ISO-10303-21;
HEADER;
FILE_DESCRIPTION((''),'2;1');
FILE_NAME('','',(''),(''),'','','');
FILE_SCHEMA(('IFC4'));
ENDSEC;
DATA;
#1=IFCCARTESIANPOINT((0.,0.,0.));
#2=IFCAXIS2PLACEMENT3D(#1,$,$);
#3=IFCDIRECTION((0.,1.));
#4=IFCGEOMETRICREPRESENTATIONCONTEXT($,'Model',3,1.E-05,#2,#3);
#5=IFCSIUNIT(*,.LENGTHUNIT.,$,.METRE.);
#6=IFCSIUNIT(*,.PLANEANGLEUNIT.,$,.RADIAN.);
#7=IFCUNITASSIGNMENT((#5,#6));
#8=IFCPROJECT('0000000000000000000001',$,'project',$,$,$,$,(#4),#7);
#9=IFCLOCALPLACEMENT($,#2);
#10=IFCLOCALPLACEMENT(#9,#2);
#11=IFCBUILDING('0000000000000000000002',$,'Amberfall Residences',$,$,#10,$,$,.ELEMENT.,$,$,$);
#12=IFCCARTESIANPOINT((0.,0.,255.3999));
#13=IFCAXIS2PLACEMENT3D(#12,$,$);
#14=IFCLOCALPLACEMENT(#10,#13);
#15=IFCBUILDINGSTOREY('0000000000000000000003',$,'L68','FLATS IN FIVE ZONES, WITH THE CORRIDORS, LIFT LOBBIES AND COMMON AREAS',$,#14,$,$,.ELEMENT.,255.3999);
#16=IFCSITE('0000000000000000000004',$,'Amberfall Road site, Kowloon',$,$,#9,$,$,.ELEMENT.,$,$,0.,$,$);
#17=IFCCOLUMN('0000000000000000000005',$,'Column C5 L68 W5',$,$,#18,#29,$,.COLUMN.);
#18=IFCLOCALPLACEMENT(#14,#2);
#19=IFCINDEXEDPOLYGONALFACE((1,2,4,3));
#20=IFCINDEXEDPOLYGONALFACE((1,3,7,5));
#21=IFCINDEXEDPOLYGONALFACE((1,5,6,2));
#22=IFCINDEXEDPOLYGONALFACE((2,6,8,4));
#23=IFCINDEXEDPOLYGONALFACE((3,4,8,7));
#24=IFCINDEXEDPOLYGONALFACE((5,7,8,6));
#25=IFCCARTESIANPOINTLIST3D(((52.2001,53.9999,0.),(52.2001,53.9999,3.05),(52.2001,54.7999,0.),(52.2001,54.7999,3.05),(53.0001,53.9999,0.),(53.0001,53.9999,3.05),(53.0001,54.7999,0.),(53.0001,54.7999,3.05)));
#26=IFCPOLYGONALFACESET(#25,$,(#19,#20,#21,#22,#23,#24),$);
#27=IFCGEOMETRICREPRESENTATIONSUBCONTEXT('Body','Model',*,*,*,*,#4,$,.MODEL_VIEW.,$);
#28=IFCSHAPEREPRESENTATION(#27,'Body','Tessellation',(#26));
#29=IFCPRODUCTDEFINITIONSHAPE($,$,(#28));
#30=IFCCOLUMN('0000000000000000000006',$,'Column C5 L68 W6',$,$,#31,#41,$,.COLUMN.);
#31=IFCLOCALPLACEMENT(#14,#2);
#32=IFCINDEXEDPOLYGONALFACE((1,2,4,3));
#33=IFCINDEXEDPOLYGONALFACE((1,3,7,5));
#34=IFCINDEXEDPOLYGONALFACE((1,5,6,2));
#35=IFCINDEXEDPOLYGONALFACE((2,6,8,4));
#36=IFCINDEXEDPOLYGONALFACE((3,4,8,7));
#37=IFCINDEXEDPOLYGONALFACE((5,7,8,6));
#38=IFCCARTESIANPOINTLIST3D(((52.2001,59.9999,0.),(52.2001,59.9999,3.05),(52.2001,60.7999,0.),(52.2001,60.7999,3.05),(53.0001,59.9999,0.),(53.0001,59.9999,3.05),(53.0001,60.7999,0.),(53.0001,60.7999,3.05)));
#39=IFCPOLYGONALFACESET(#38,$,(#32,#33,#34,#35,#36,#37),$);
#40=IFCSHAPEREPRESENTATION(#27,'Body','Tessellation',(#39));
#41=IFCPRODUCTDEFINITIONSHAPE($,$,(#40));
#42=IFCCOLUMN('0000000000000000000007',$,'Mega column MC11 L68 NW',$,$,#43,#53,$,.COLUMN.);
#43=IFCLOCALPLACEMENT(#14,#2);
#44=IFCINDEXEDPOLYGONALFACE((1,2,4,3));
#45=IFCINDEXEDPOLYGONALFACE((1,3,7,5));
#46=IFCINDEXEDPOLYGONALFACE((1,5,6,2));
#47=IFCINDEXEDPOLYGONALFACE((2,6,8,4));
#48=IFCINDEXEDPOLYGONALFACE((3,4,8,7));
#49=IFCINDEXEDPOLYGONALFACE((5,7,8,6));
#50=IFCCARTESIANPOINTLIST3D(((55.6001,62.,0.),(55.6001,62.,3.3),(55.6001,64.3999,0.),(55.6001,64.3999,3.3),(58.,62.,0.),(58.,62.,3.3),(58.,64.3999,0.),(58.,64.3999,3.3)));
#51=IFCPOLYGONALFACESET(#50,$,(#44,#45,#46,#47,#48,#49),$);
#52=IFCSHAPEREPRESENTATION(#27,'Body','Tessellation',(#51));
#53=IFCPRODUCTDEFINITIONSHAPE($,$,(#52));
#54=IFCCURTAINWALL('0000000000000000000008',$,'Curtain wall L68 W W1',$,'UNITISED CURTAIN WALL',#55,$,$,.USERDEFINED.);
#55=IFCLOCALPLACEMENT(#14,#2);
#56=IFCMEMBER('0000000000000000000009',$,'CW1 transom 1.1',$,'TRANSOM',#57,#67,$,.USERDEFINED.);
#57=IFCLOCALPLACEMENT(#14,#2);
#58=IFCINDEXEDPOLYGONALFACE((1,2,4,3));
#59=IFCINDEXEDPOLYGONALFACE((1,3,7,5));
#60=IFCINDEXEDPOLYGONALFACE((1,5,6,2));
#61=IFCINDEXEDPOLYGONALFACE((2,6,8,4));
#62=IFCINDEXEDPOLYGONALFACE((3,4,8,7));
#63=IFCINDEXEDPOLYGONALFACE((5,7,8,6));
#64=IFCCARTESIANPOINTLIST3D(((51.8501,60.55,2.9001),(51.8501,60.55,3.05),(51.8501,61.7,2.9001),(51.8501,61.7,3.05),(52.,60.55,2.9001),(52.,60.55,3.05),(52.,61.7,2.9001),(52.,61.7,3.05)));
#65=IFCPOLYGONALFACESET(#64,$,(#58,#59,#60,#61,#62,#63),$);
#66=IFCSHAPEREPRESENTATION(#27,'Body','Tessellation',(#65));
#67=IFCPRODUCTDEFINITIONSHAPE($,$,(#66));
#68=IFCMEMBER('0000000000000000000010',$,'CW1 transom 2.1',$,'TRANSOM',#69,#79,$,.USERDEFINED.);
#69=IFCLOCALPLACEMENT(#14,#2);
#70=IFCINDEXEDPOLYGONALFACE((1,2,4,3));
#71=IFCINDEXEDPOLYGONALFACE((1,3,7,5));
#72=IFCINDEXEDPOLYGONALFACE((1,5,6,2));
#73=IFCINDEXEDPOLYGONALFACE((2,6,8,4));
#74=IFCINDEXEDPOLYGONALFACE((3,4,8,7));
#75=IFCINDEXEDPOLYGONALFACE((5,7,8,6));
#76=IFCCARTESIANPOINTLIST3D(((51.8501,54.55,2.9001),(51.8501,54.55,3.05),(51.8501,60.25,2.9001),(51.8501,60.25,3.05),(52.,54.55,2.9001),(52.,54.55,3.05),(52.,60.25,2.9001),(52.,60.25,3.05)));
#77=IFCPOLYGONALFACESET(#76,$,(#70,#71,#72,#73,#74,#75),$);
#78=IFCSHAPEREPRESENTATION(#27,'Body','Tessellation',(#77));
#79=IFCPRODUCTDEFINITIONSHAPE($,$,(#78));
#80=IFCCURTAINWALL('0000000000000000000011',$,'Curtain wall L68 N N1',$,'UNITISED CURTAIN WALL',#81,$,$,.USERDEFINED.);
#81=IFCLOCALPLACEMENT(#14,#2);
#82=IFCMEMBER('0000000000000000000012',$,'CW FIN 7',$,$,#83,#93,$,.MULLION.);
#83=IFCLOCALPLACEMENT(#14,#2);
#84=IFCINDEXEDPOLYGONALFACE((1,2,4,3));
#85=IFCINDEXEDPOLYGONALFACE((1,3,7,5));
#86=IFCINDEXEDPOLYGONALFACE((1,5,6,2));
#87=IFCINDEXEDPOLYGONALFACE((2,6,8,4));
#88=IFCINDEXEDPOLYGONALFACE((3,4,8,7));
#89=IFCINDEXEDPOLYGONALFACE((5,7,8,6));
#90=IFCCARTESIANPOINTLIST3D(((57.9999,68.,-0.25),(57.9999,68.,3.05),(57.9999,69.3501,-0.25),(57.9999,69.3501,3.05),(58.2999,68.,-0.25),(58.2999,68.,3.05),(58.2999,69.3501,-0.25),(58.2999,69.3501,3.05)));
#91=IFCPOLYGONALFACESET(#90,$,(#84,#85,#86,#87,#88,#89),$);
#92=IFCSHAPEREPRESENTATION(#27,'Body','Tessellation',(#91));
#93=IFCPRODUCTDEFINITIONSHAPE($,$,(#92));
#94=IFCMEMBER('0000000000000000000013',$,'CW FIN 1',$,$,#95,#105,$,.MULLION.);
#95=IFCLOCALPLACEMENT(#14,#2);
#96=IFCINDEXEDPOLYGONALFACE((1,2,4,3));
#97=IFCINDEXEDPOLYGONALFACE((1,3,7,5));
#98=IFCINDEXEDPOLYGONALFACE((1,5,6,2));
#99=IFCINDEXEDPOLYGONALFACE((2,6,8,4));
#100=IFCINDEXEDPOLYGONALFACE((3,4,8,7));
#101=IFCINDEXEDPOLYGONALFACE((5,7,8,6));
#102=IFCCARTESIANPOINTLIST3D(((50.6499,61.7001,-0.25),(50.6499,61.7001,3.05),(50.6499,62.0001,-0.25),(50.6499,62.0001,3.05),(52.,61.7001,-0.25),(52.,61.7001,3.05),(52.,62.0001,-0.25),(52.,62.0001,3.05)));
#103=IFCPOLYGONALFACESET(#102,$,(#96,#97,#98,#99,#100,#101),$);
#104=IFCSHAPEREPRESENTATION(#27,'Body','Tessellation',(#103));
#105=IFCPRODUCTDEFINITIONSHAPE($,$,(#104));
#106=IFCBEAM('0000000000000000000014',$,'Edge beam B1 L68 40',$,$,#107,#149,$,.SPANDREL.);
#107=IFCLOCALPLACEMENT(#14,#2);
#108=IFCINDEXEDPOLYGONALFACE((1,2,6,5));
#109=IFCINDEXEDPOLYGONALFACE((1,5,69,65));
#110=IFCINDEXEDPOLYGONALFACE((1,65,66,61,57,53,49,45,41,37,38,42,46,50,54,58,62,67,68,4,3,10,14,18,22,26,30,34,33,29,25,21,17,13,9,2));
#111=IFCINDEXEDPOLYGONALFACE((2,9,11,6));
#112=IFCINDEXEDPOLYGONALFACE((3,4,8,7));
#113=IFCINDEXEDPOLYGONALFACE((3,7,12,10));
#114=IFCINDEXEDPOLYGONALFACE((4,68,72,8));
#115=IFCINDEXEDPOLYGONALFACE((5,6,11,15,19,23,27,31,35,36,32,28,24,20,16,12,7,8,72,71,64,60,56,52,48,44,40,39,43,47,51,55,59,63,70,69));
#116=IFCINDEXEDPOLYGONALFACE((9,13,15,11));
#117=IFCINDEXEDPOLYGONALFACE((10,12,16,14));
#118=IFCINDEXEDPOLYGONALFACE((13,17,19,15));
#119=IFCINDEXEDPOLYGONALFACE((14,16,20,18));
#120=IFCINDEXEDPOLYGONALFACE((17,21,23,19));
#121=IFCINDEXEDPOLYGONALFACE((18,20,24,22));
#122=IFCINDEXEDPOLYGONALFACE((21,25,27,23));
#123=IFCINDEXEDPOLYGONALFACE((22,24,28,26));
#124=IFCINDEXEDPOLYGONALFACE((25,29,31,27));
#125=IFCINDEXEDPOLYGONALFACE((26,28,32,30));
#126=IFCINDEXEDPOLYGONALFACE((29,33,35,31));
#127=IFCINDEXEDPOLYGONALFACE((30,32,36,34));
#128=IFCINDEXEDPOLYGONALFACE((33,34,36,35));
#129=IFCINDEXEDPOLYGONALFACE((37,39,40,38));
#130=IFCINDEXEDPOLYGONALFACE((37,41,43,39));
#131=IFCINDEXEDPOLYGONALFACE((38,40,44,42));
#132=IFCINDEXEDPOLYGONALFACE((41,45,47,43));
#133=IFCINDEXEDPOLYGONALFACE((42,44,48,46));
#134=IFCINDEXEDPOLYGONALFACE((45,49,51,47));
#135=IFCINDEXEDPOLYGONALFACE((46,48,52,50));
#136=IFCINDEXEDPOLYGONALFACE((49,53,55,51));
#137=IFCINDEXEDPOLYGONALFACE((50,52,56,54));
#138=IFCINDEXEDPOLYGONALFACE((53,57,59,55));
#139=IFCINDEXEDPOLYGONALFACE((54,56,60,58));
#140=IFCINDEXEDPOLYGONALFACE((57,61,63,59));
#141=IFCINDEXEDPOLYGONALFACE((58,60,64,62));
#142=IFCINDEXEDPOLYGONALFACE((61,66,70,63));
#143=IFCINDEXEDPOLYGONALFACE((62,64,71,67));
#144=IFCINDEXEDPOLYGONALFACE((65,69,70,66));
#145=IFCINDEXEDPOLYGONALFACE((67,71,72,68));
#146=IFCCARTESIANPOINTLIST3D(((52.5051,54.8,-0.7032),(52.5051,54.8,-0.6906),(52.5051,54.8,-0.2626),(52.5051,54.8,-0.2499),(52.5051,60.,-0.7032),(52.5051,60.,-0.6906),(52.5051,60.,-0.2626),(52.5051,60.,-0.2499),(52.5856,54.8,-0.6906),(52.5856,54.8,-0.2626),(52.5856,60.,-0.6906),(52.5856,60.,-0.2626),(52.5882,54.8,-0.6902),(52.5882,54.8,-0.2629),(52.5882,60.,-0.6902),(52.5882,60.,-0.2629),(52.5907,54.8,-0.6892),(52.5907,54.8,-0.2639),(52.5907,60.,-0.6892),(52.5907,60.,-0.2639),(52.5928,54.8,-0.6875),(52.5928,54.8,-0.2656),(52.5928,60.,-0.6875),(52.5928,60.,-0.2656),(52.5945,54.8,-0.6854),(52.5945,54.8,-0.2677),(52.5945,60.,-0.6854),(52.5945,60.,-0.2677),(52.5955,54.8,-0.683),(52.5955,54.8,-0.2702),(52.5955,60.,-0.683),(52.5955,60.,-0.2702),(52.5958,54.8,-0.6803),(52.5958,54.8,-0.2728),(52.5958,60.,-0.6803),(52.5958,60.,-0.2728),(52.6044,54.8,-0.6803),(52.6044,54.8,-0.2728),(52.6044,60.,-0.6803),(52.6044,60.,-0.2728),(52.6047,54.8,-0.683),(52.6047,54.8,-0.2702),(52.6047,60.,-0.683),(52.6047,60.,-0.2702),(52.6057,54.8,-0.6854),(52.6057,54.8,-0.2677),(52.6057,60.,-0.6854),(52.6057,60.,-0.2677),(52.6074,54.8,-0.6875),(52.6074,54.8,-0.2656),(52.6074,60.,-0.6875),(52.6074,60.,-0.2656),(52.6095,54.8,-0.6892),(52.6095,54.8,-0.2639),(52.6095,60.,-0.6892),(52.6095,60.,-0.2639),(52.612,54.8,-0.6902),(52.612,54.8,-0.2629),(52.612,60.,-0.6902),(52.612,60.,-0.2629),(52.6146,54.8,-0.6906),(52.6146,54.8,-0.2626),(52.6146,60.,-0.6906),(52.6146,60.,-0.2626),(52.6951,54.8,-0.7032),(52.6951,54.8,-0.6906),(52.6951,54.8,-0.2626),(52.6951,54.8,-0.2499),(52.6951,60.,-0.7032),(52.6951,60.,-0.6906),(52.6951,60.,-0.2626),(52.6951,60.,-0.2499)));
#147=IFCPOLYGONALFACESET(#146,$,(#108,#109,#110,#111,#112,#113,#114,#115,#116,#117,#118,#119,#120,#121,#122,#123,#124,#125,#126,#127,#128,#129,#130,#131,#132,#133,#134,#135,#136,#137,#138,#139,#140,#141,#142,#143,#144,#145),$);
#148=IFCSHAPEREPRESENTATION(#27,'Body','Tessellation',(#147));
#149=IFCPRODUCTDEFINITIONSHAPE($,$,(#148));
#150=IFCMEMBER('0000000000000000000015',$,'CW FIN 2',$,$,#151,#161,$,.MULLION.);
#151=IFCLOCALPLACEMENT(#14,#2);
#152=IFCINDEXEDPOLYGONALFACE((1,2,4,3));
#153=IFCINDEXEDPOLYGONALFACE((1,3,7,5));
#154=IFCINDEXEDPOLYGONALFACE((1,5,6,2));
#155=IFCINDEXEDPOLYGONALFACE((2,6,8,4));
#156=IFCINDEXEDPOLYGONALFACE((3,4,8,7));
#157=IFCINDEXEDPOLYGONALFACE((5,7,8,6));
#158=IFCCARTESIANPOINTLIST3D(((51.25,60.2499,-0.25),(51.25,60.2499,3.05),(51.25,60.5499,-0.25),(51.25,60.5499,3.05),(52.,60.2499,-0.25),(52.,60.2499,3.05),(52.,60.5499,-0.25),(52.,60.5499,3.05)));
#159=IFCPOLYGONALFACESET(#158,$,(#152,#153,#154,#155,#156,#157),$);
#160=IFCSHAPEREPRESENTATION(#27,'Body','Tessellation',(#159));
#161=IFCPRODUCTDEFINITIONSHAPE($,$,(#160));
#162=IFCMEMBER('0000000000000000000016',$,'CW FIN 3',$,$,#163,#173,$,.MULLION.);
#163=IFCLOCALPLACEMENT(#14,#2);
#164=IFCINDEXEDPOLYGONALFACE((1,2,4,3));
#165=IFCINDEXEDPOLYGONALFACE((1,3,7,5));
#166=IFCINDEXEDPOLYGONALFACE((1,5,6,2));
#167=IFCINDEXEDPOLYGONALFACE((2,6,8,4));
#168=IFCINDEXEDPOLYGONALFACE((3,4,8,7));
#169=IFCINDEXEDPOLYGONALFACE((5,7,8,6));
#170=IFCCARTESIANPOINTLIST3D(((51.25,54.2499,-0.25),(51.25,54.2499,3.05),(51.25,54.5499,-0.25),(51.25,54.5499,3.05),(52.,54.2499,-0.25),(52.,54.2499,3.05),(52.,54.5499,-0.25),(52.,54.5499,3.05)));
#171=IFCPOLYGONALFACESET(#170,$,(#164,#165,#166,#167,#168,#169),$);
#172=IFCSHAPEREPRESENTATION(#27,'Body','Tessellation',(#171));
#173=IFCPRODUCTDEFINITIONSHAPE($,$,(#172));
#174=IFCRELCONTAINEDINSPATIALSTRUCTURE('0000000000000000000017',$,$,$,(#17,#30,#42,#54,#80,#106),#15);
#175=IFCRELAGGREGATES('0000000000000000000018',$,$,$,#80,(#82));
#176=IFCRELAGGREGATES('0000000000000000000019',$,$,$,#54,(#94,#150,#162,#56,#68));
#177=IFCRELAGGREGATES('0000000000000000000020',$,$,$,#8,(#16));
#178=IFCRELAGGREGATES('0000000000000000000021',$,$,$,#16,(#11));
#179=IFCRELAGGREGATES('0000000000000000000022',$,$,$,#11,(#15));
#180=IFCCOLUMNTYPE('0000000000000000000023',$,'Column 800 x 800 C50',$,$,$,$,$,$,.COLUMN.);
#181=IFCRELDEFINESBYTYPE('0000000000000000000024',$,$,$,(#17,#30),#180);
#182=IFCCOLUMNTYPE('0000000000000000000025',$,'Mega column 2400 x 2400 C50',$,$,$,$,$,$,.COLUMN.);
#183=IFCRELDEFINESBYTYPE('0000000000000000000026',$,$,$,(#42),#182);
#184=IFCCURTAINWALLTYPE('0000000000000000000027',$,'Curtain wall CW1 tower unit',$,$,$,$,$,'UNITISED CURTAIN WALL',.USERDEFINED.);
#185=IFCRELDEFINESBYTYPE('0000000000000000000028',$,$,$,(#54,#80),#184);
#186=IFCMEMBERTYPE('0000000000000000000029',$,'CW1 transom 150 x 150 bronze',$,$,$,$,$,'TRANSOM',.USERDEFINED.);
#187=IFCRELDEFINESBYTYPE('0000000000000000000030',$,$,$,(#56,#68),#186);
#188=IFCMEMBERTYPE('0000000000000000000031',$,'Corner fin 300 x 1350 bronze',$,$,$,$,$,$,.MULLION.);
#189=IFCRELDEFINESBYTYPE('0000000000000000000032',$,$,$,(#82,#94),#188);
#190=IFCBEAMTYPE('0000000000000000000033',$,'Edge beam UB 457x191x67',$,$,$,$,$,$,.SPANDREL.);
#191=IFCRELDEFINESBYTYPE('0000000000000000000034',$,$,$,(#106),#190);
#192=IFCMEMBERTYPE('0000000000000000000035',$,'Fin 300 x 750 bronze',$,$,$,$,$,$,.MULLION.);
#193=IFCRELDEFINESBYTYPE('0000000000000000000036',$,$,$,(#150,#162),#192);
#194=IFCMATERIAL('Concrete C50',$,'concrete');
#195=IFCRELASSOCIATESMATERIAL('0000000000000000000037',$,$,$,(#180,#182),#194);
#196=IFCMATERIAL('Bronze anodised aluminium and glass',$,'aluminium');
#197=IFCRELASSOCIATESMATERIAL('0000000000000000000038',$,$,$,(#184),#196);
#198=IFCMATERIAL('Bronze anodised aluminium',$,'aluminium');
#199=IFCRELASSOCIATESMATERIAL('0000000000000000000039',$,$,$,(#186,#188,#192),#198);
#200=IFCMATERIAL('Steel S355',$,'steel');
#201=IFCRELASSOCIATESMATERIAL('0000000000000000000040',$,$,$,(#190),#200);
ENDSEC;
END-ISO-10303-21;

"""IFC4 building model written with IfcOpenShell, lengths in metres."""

from ifc_helpers import new_model, si_unit, direction, frame, origin, origin_2d, place, context, subcontext, project, spatial, rectangle, i_section, extrude, material, material_profile, profile_set, type_object, element, aggregate, save


model = new_model("IFC4")

# Units and contexts
model_context = context("Model", 3, precision=1e-05, world=origin(), true_north=direction((0.0, 1.0)))
body_context = subcontext(model_context, "Body", "Model", "MODEL_VIEW")
ifc_project = project(units=[si_unit("LENGTHUNIT", "METRE"), si_unit("PLANEANGLEUNIT", "RADIAN")], contexts=[model_context])

# Site, building, storey
site_placement = place(None, origin())
site = spatial("IfcSite", under=ifc_project, at=site_placement, Name="Amberfall Road site, Kowloon", CompositionType="ELEMENT", RefElevation=0.0)
building_placement = place(site_placement, origin())
building = spatial("IfcBuilding", under=site, at=building_placement, Name="Amberfall Residences", CompositionType="ELEMENT")
storey_placement = place(building_placement, frame((0.0, 0.0, 255.3999)))
storey = spatial("IfcBuildingStorey", under=building, at=storey_placement, Name="L68", Description="FLATS IN FIVE ZONES, WITH THE CORRIDORS, LIFT LOBBIES AND COMMON AREAS", CompositionType="ELEMENT", Elevation=255.3999)

# Columns
ifc_material_1 = material(Name="Concrete C50", Category="concrete")
ifc_material_profile_1 = material_profile(ifc_material_1, rectangle(XDim=0.8, YDim=0.8, at=origin_2d()), Name="Column 800 x 800 C50")
ifc_profile_set_1 = profile_set([ifc_material_profile_1], Name="Concrete C50")
column_type_1 = type_object("IfcColumnType", Name="Column 800 x 800 C50", PredefinedType="COLUMN", material=ifc_profile_set_1)
for number, where, z_axis, x_axis, name in (
    (1, (52.6001, 54.3999, 0.0), (0.0, 0.0, 1.0), (1.0, 0.0, 0.0), "Column C5 L68 W5"),
    (2, (52.6001, 60.3999, 0.0), (0.0, 0.0, 1.0), (1.0, 0.0, 0.0), "Column C5 L68 W6"),
):
    element("IfcColumn", number, at=place(storey_placement, frame(where, z_axis=z_axis, x_axis=x_axis)), inside=storey, type_object=column_type_1, Name=name, PredefinedType="COLUMN", context=body_context, shape_type="SweptSolid", body=[
        extrude(rectangle(XDim=0.8, YDim=0.8, at=origin_2d()), origin(), (0.0, 0.0, 1.0), 3.05),
    ])
ifc_material_profile_2 = material_profile(ifc_material_1, rectangle(XDim=2.3999, YDim=2.3999, at=origin_2d()), Name="Mega column 2400 x 2400 C50")
ifc_profile_set_2 = profile_set([ifc_material_profile_2], Name="Concrete C50")
column_type_2 = type_object("IfcColumnType", Name="Mega column 2400 x 2400 C50", PredefinedType="COLUMN", material=ifc_profile_set_2)
column_placement = place(storey_placement, frame((56.8, 63.2, 0.0), z_axis=(0.0, 0.0, 1.0), x_axis=(1.0, 0.0, 0.0)))
element("IfcColumn", 3, at=column_placement, inside=storey, type_object=column_type_2, Name="Mega column MC11 L68 NW", PredefinedType="COLUMN", context=body_context, shape_type="SweptSolid", body=[
    extrude(rectangle(XDim=2.3999, YDim=2.3999, at=origin_2d()), origin(), (0.0, 0.0, 1.0), 3.3),
])

# Curtain wall, members
ifc_material_2 = material(Name="Bronze anodised aluminium and glass", Category="aluminium")
curtain_wall_type = type_object("IfcCurtainWallType", Name="Curtain wall CW1 tower unit", ElementType="UNITISED CURTAIN WALL", PredefinedType="USERDEFINED", material=ifc_material_2)
curtain_wall_1_placement = place(storey_placement, origin())
curtain_wall_1 = element("IfcCurtainWall", 4, at=curtain_wall_1_placement, inside=storey, type_object=curtain_wall_type, Name="Curtain wall L68 W W1", ObjectType="UNITISED CURTAIN WALL", PredefinedType="USERDEFINED")
ifc_material_3 = material(Name="Bronze anodised aluminium", Category="aluminium")
ifc_material_profile_3 = material_profile(ifc_material_3, rectangle(XDim=0.1499, YDim=0.1499, at=origin_2d()), Name="CW1 transom 150 x 150 bronze")
ifc_profile_set_3 = profile_set([ifc_material_profile_3], Name="Bronze anodised aluminium")
member_type_1 = type_object("IfcMemberType", Name="CW1 transom 150 x 150 bronze", ElementType="TRANSOM", PredefinedType="USERDEFINED", material=ifc_profile_set_3)
member_1_placement = place(storey_placement, frame((51.925, 61.7, 2.9751), z_axis=(0.0, -1.0, 0.0), x_axis=(1.0, 0.0, 0.0)))
member_1 = element("IfcMember", 5, at=member_1_placement, type_object=member_type_1, Name="CW1 transom 1.1", ObjectType="TRANSOM", PredefinedType="USERDEFINED", context=body_context, shape_type="SweptSolid", body=[
    extrude(rectangle(XDim=0.1499, YDim=0.1499, at=origin_2d()), origin(), (0.0, 0.0, 1.0), 1.1499),
])
member_2_placement = place(storey_placement, frame((51.925, 60.25, 2.9751), z_axis=(0.0, -1.0, 0.0), x_axis=(1.0, 0.0, 0.0)))
member_2 = element("IfcMember", 6, at=member_2_placement, type_object=member_type_1, Name="CW1 transom 2.1", ObjectType="TRANSOM", PredefinedType="USERDEFINED", context=body_context, shape_type="SweptSolid", body=[
    extrude(rectangle(XDim=0.1499, YDim=0.1499, at=origin_2d()), origin(), (0.0, 0.0, 1.0), 5.7),
])

# Curtain wall, member
curtain_wall_2_placement = place(storey_placement, origin())
curtain_wall_2 = element("IfcCurtainWall", 7, at=curtain_wall_2_placement, inside=storey, type_object=curtain_wall_type, Name="Curtain wall L68 N N1", ObjectType="UNITISED CURTAIN WALL", PredefinedType="USERDEFINED")
ifc_material_profile_4 = material_profile(ifc_material_3, rectangle(XDim=1.3501, YDim=0.3, at=origin_2d()), Name="Corner fin 300 x 1350 bronze")
ifc_profile_set_4 = profile_set([ifc_material_profile_4], Name="Bronze anodised aluminium")
member_type_2 = type_object("IfcMemberType", Name="Corner fin 300 x 1350 bronze", PredefinedType="MULLION", material=ifc_profile_set_4)
member_3_placement = place(storey_placement, frame((58.1499, 68.675, -0.25), z_axis=(0.0, 0.0, 1.0), x_axis=(0.0, -1.0, 0.0)))
member_3 = element("IfcMember", 8, at=member_3_placement, type_object=member_type_2, Name="CW FIN 7", PredefinedType="MULLION", context=body_context, shape_type="SweptSolid", body=[
    extrude(rectangle(XDim=1.3501, YDim=0.3, at=origin_2d()), origin(), (0.0, 0.0, 1.0), 3.3),
])
aggregate(curtain_wall_2, [member_3])

# Member
member_4_placement = place(storey_placement, frame((51.325, 61.8501, -0.25), z_axis=(0.0, 0.0, 1.0), x_axis=(1.0, 0.0, 0.0)))
member_4 = element("IfcMember", 9, at=member_4_placement, type_object=member_type_2, Name="CW FIN 1", PredefinedType="MULLION", context=body_context, shape_type="SweptSolid", body=[
    extrude(rectangle(XDim=1.3501, YDim=0.3, at=origin_2d()), origin(), (0.0, 0.0, 1.0), 3.3),
])

# Beam
ifc_material_4 = material(Name="Steel S355", Category="steel")
ifc_material_profile_5 = material_profile(ifc_material_4, i_section(OverallWidth=0.1899, OverallDepth=0.4534, WebThickness=0.0085, FlangeThickness=0.0127, FilletRadius=0.0103, at=origin_2d()), Name="UB 457x191x67")
ifc_profile_set_5 = profile_set([ifc_material_profile_5], Name="Steel S355")
beam_type_1 = type_object("IfcBeamType", Name="Edge beam UB 457x191x67", PredefinedType="SPANDREL", material=ifc_profile_set_5)
beam_1_placement = place(storey_placement, frame((52.6001, 54.8, -0.4766), z_axis=(0.0, 1.0, 0.0), x_axis=(-1.0, 0.0, 0.0)))
element("IfcBeam", 10, at=beam_1_placement, inside=storey, type_object=beam_type_1, Name="Edge beam B1 L68 40", PredefinedType="SPANDREL", context=body_context, shape_type="SweptSolid", body=[
    extrude(i_section(OverallWidth=0.1899, OverallDepth=0.4534, WebThickness=0.0085, FlangeThickness=0.0127, FilletRadius=0.0103, at=origin_2d()), origin(), (0.0, 0.0, 1.0), 5.2),
])

# Members
ifc_material_profile_6 = material_profile(ifc_material_3, rectangle(XDim=0.75, YDim=0.3, at=origin_2d()), Name="Fin 300 x 750 bronze")
ifc_profile_set_6 = profile_set([ifc_material_profile_6], Name="Bronze anodised aluminium")
member_type_3 = type_object("IfcMemberType", Name="Fin 300 x 750 bronze", PredefinedType="MULLION", material=ifc_profile_set_6)
member_5_placement = place(storey_placement, frame((51.625, 60.3999, -0.25), z_axis=(0.0, 0.0, 1.0), x_axis=(1.0, 0.0, 0.0)))
member_5 = element("IfcMember", 11, at=member_5_placement, type_object=member_type_3, Name="CW FIN 2", PredefinedType="MULLION", context=body_context, shape_type="SweptSolid", body=[
    extrude(rectangle(XDim=0.75, YDim=0.3, at=origin_2d()), origin(), (0.0, 0.0, 1.0), 3.3),
])
member_6_placement = place(storey_placement, frame((51.625, 54.3999, -0.25), z_axis=(0.0, 0.0, 1.0), x_axis=(1.0, 0.0, 0.0)))
member_6 = element("IfcMember", 12, at=member_6_placement, type_object=member_type_3, Name="CW FIN 3", PredefinedType="MULLION", context=body_context, shape_type="SweptSolid", body=[
    extrude(rectangle(XDim=0.75, YDim=0.3, at=origin_2d()), origin(), (0.0, 0.0, 1.0), 3.3),
])

aggregate(curtain_wall_1, [member_4, member_5, member_6, member_1, member_2])

save(model, "model.ifc")
